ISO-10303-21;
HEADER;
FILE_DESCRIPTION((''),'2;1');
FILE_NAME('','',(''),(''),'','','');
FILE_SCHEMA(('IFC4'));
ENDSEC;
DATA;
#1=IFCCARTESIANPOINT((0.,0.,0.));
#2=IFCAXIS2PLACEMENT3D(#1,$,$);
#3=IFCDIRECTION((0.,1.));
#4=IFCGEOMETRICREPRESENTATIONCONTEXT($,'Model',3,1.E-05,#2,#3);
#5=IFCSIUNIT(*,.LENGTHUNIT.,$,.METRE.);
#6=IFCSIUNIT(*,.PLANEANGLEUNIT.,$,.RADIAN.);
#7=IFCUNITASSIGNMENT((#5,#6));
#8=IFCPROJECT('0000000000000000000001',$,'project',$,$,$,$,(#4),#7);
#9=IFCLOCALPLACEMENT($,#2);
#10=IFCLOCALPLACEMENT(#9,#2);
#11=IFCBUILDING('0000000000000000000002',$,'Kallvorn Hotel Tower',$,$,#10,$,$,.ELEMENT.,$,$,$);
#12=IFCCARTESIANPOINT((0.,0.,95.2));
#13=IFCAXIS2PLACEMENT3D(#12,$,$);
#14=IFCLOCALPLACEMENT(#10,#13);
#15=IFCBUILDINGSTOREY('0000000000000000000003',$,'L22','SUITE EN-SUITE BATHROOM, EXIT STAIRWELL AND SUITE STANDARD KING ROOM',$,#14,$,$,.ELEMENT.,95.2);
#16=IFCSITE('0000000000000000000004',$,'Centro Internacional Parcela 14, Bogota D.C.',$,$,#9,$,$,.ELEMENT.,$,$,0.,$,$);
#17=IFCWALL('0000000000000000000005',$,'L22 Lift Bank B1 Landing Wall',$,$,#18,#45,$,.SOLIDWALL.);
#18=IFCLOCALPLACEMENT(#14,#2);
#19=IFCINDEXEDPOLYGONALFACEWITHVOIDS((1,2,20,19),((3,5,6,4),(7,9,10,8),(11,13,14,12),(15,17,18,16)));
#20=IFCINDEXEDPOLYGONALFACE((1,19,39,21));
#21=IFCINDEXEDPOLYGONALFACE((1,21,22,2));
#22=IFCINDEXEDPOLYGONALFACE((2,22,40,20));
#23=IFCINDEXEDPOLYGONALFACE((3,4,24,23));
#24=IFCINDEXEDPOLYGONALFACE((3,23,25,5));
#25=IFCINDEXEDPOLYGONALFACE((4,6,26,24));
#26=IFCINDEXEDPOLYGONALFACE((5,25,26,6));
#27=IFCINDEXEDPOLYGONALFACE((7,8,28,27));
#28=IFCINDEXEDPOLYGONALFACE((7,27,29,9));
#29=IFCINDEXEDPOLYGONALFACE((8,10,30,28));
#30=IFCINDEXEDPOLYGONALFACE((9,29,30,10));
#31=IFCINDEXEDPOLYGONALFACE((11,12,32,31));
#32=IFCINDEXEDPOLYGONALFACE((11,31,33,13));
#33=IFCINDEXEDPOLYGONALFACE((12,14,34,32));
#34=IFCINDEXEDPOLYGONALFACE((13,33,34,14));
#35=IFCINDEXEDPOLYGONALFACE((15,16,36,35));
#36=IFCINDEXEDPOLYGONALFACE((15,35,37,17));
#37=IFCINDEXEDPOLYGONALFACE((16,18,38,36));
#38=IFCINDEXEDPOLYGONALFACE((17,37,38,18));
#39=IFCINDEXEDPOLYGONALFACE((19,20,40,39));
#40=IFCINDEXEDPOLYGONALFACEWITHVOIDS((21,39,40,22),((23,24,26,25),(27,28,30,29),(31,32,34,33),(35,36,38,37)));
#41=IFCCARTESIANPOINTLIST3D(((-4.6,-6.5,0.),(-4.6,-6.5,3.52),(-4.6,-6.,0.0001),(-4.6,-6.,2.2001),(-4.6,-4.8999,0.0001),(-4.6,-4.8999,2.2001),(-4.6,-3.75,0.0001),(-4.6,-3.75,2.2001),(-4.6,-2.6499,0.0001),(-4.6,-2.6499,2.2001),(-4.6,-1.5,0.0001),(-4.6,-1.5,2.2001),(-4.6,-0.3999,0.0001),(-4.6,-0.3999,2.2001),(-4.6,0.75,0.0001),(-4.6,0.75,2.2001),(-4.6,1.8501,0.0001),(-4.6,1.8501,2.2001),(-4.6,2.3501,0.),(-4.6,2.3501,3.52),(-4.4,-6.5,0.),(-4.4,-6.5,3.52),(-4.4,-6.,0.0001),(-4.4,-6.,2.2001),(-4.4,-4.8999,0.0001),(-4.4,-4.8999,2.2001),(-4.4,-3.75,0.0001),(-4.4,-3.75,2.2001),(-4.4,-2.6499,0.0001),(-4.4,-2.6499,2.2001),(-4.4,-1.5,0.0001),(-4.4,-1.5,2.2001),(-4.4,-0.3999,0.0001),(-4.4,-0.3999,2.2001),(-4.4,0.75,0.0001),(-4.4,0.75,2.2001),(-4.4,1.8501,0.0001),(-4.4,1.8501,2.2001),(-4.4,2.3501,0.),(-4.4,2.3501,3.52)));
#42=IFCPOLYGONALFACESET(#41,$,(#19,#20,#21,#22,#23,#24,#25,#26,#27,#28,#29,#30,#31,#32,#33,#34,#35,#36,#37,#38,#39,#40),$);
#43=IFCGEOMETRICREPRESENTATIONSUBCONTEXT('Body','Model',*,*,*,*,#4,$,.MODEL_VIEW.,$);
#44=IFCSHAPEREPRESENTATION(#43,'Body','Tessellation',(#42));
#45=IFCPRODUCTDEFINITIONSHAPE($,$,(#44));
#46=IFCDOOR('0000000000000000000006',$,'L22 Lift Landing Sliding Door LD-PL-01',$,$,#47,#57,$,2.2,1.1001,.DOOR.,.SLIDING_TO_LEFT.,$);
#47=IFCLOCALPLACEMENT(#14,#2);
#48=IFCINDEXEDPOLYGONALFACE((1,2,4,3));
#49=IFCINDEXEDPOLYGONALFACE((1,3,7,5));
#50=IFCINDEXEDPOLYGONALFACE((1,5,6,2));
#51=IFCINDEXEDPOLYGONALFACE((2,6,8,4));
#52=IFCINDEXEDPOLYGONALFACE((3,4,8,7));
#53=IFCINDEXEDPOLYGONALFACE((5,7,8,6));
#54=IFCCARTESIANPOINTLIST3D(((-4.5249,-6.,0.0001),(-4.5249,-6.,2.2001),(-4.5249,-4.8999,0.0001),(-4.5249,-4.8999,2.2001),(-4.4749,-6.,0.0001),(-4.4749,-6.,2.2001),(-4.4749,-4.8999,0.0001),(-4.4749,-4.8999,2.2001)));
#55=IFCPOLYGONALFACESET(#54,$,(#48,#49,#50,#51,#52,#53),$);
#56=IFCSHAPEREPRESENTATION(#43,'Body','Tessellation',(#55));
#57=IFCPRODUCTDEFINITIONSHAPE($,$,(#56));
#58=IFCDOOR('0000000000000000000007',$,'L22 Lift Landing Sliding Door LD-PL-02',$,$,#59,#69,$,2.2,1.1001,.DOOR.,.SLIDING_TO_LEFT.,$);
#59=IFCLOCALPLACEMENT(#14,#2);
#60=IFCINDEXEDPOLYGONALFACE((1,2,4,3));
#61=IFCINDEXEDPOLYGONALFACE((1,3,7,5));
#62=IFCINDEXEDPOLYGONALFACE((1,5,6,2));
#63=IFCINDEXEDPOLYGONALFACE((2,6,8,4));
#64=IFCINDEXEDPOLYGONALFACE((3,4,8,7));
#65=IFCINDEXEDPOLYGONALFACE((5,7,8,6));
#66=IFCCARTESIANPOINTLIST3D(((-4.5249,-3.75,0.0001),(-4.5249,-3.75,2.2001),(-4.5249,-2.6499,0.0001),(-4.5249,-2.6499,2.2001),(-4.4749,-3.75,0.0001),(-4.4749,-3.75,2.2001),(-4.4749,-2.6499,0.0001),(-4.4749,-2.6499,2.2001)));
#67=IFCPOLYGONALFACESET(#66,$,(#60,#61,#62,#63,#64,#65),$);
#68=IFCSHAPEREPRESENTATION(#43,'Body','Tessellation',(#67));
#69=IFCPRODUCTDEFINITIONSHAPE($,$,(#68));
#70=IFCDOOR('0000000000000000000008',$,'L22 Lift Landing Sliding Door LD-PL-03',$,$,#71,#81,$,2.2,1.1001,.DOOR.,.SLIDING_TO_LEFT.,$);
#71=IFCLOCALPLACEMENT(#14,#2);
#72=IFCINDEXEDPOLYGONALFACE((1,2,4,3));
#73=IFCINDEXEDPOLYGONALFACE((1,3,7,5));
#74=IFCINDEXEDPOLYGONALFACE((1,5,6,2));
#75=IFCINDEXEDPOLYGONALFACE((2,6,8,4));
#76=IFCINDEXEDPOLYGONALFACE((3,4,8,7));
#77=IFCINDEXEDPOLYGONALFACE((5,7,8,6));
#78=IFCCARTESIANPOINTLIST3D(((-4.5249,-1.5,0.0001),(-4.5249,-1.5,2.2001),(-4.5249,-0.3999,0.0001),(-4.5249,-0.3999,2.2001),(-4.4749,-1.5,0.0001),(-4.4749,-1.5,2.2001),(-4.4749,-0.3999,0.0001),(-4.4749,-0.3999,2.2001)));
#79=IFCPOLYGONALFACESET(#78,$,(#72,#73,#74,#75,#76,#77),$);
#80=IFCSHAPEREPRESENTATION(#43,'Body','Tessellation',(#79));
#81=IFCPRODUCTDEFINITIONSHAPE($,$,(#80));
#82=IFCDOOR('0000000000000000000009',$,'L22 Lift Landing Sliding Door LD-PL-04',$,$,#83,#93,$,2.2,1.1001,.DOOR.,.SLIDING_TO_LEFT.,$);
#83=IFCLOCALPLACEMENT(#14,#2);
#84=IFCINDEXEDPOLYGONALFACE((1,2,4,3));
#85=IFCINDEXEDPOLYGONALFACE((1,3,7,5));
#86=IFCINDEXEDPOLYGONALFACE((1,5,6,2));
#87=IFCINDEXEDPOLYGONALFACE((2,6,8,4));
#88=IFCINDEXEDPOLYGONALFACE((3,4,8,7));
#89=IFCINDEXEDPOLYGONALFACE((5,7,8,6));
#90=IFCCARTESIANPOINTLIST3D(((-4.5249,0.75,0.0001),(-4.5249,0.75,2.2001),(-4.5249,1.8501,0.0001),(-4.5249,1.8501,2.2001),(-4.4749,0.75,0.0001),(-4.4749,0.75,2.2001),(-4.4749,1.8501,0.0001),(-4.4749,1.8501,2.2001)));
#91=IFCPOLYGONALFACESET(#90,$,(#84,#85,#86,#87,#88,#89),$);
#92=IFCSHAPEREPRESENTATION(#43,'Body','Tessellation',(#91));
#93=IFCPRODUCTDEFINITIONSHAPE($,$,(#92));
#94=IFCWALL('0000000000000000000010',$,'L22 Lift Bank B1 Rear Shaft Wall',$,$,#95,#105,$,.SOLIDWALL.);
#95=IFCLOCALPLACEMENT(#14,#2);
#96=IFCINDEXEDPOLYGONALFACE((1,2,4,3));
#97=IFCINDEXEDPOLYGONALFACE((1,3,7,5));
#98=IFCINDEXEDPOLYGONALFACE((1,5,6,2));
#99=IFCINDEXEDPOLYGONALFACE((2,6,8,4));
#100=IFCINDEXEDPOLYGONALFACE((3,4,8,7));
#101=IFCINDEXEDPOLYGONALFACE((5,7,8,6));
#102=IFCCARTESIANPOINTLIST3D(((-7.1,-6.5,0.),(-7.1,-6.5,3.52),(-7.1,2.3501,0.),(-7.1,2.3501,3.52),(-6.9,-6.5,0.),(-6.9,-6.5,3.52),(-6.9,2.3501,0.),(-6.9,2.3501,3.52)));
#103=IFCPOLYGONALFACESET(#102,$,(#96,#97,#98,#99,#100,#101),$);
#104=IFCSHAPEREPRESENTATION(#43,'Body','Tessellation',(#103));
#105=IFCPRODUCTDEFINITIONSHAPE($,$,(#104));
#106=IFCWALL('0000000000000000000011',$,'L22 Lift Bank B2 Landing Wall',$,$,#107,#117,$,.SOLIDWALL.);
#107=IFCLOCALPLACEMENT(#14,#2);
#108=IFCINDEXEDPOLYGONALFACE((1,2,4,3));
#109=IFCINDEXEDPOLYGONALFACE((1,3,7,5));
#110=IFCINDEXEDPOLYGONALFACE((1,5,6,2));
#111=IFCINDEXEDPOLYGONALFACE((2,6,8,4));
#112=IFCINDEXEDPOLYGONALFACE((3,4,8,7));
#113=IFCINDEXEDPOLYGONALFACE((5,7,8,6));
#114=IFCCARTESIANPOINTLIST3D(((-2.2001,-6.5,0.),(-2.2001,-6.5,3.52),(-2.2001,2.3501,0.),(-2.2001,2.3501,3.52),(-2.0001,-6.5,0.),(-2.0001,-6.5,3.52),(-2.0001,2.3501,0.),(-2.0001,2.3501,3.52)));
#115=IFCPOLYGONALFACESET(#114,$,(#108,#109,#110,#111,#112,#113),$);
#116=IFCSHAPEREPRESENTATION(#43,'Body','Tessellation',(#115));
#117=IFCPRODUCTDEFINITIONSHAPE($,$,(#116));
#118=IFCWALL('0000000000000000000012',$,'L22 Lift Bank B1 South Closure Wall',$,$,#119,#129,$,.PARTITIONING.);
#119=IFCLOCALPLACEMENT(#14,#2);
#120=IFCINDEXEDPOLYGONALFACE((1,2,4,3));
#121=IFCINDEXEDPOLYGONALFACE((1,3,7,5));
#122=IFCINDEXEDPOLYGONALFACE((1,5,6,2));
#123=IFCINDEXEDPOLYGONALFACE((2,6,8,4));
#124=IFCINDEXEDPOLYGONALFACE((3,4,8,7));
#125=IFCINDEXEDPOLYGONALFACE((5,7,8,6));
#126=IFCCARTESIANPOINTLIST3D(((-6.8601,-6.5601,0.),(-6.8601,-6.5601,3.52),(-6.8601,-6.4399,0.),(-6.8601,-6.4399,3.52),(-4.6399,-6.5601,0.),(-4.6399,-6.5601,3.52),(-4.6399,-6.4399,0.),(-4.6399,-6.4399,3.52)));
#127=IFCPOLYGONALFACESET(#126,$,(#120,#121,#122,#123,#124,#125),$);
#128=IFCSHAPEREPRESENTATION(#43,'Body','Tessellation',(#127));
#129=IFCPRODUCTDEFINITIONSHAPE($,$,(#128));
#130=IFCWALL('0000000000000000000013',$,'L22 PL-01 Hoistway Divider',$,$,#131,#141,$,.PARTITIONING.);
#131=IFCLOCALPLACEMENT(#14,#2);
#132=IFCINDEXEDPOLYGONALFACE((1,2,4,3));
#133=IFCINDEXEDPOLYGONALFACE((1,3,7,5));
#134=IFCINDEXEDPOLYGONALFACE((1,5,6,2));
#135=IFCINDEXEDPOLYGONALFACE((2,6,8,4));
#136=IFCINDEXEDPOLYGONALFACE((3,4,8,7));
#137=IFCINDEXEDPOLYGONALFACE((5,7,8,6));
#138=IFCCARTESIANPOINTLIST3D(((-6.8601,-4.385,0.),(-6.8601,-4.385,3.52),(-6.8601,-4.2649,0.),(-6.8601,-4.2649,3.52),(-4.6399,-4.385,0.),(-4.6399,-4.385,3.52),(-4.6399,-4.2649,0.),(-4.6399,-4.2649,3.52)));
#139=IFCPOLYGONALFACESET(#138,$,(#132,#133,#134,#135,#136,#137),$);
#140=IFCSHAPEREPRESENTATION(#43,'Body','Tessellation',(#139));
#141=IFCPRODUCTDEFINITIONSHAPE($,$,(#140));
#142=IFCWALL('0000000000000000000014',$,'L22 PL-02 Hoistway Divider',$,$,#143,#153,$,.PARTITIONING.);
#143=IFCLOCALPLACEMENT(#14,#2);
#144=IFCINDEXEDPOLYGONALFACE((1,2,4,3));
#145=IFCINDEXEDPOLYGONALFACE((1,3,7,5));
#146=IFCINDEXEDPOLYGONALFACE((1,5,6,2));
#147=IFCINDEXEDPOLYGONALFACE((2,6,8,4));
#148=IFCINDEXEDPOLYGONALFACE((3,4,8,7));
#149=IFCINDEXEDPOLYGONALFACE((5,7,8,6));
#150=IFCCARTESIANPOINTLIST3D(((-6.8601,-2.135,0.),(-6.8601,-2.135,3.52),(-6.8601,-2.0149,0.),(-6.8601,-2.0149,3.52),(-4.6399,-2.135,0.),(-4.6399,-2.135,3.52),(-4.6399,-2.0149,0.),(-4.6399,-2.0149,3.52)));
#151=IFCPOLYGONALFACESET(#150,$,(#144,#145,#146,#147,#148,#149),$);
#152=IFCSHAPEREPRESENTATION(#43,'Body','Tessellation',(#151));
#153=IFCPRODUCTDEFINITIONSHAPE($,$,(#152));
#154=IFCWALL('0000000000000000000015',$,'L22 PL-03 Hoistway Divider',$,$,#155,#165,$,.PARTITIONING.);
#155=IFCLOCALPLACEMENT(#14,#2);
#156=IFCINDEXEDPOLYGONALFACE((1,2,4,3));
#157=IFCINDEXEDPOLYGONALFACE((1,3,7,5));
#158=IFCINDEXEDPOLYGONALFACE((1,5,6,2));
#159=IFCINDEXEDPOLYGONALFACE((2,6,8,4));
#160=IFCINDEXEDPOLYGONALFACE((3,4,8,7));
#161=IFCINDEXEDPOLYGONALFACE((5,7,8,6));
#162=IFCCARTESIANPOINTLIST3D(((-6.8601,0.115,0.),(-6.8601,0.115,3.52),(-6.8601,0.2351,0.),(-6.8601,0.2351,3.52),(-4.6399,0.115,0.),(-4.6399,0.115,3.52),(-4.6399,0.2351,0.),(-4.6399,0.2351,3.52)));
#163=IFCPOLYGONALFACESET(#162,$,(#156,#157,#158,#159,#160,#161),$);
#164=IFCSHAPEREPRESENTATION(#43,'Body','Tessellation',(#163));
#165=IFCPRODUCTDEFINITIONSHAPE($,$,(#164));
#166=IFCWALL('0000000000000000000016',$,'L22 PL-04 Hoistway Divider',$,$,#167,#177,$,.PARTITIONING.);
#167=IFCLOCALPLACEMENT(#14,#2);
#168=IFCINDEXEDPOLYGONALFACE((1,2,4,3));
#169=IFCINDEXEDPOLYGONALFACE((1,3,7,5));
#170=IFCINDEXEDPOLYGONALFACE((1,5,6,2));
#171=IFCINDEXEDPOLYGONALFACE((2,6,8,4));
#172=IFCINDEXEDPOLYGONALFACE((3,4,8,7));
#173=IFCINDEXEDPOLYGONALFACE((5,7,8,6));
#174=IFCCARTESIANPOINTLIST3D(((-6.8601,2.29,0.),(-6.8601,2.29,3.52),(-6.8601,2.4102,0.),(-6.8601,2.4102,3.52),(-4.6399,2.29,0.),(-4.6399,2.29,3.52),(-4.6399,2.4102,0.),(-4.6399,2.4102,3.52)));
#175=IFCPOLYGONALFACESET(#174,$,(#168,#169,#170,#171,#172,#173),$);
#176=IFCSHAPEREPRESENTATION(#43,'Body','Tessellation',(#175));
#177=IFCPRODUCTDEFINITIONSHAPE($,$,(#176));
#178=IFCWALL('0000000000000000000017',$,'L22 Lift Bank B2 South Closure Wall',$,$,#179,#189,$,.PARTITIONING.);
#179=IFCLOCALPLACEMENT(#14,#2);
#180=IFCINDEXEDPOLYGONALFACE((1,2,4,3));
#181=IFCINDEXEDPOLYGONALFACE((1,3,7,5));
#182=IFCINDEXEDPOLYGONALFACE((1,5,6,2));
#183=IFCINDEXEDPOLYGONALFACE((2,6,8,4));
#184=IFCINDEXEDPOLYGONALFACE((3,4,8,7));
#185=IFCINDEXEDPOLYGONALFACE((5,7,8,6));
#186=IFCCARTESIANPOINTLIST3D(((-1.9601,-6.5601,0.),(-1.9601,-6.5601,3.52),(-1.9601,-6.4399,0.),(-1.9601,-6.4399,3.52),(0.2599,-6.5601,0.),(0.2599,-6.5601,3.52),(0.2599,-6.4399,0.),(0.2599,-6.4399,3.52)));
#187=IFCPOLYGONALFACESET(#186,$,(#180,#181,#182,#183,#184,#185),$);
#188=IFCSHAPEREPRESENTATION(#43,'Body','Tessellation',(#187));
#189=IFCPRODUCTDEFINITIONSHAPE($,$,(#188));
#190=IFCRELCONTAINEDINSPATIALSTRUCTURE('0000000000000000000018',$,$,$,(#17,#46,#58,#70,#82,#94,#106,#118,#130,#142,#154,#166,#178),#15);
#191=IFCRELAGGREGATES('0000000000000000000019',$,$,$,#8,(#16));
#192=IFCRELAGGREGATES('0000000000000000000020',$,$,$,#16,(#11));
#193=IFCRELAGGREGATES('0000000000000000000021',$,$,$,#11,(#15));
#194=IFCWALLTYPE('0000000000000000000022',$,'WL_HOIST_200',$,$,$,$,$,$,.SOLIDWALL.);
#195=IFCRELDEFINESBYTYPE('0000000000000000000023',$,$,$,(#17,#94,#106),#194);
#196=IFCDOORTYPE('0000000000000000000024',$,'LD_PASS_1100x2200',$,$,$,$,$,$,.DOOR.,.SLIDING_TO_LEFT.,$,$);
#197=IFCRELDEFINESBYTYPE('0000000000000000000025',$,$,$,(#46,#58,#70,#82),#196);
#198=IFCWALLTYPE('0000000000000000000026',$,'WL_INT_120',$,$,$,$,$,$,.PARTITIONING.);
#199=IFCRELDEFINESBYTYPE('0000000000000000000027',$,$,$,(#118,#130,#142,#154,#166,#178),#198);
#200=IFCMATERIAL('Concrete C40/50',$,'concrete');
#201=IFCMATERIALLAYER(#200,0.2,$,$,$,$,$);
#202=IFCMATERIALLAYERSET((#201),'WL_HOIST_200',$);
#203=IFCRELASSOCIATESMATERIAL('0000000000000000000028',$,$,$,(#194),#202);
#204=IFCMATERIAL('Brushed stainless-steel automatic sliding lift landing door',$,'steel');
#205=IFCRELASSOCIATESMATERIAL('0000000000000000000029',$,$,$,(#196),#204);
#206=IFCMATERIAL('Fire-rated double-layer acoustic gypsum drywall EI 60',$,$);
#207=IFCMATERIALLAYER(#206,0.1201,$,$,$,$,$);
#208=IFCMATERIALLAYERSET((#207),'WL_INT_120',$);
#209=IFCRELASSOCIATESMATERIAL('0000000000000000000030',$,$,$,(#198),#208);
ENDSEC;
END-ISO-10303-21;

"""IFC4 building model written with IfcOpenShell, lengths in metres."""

from ifc_helpers import new_model, si_unit, direction, frame, frame_2d, origin, place, context, subcontext, project, spatial, rectangle, extrude, material, layer, layer_set, type_object, element, fill, save


model = new_model("IFC4")

# Units and contexts
model_context = context("Model", 3, precision=1e-05, world=origin(), true_north=direction((0.0, 1.0)))
body_context = subcontext(model_context, "Body", "Model", "MODEL_VIEW")
ifc_project = project(units=[si_unit("LENGTHUNIT", "METRE"), si_unit("PLANEANGLEUNIT", "RADIAN")], contexts=[model_context])

# Site, building, storey
site_placement = place(None, origin())
site = spatial("IfcSite", under=ifc_project, at=site_placement, Name="Centro Internacional Parcela 14, Bogota D.C.", CompositionType="ELEMENT", RefElevation=0.0)
building_placement = place(site_placement, origin())
building = spatial("IfcBuilding", under=site, at=building_placement, Name="Kallvorn Hotel Tower", CompositionType="ELEMENT")
storey_placement = place(building_placement, frame((0.0, 0.0, 95.2)))
storey = spatial("IfcBuildingStorey", under=building, at=storey_placement, Name="L22", Description="SUITE EN-SUITE BATHROOM, EXIT STAIRWELL AND SUITE STANDARD KING ROOM", CompositionType="ELEMENT", Elevation=95.2)

# Wall, openings, doors
ifc_material_1 = material(Name="Concrete C40/50", Category="concrete")
ifc_layer_1 = layer(ifc_material_1, 0.2)
ifc_layer_set_1 = layer_set([ifc_layer_1], Name="WL_HOIST_200")
wall_type_1 = type_object("IfcWallType", Name="WL_HOIST_200", PredefinedType="SOLIDWALL", material=ifc_layer_set_1)
wall_1_placement = place(storey_placement, frame((-4.5, -6.5, 0.0), z_axis=(0.0, 0.0, 1.0), x_axis=(0.0, 1.0, 0.0)))
wall_1 = element("IfcWall", 1, at=wall_1_placement, inside=storey, type_object=wall_type_1, Name="L22 Lift Bank B1 Landing Wall", PredefinedType="SOLIDWALL", context=body_context, shape_type="SweptSolid", body=[
    extrude(rectangle(XDim=8.8501, YDim=0.2, at=frame_2d((4.425, 0.0))), origin(), (0.0, 0.0, 1.0), 3.52),
])
opening_1_placement = place(wall_1_placement, frame((0.5, 0.0, 0.0)))
opening_1 = element("IfcOpeningElement", 2, at=opening_1_placement, cuts=wall_1, PredefinedType="OPENING", context=body_context, shape_type="SweptSolid", body=[
    extrude(rectangle(XDim=1.1001, YDim=2.2, at=frame_2d((0.55, 1.1001))), frame((0.0, 0.115, 0.0), z_axis=(0.0, -1.0, 0.0), x_axis=(1.0, 0.0, 0.0)), (0.0, 0.0, 1.0), 0.23),
])
opening_2_placement = place(wall_1_placement, frame((2.75, 0.0, 0.0)))
opening_2 = element("IfcOpeningElement", 3, at=opening_2_placement, cuts=wall_1, PredefinedType="OPENING", context=body_context, shape_type="SweptSolid", body=[
    extrude(rectangle(XDim=1.1001, YDim=2.2, at=frame_2d((0.55, 1.1001))), frame((0.0, 0.115, 0.0), z_axis=(0.0, -1.0, 0.0), x_axis=(1.0, 0.0, 0.0)), (0.0, 0.0, 1.0), 0.23),
])
opening_3_placement = place(wall_1_placement, frame((5.0, 0.0, 0.0)))
opening_3 = element("IfcOpeningElement", 4, at=opening_3_placement, cuts=wall_1, PredefinedType="OPENING", context=body_context, shape_type="SweptSolid", body=[
    extrude(rectangle(XDim=1.1001, YDim=2.2, at=frame_2d((0.55, 1.1001))), frame((0.0, 0.115, 0.0), z_axis=(0.0, -1.0, 0.0), x_axis=(1.0, 0.0, 0.0)), (0.0, 0.0, 1.0), 0.23),
])
opening_4_placement = place(wall_1_placement, frame((7.25, 0.0, 0.0)))
opening_4 = element("IfcOpeningElement", 5, at=opening_4_placement, cuts=wall_1, PredefinedType="OPENING", context=body_context, shape_type="SweptSolid", body=[
    extrude(rectangle(XDim=1.1001, YDim=2.2, at=frame_2d((0.55, 1.1001))), frame((0.0, 0.115, 0.0), z_axis=(0.0, -1.0, 0.0), x_axis=(1.0, 0.0, 0.0)), (0.0, 0.0, 1.0), 0.23),
])
ifc_material_2 = material(Name="Brushed stainless-steel automatic sliding lift landing door", Category="steel")
door_type = type_object("IfcDoorType", Name="LD_PASS_1100x2200", OperationType="SLIDING_TO_LEFT", PredefinedType="DOOR", material=ifc_material_2)
door_1_placement = place(opening_1_placement, origin())
door_1 = element("IfcDoor", 6, at=door_1_placement, inside=storey, type_object=door_type, Name="L22 Lift Landing Sliding Door LD-PL-01", OperationType="SLIDING_TO_LEFT", OverallHeight=2.2, OverallWidth=1.1001, PredefinedType="DOOR", context=body_context, shape_type="SweptSolid", body=[
    extrude(rectangle(XDim=1.1001, YDim=2.2, at=frame_2d((0.55, 1.1001))), frame((0.0, 0.0249, 0.0), z_axis=(0.0, -1.0, 0.0), x_axis=(1.0, 0.0, 0.0)), (0.0, 0.0, 1.0), 0.05),
])
fill(opening_1, door_1)
door_2_placement = place(opening_2_placement, origin())
door_2 = element("IfcDoor", 7, at=door_2_placement, inside=storey, type_object=door_type, Name="L22 Lift Landing Sliding Door LD-PL-02", OperationType="SLIDING_TO_LEFT", OverallHeight=2.2, OverallWidth=1.1001, PredefinedType="DOOR", context=body_context, shape_type="SweptSolid", body=[
    extrude(rectangle(XDim=1.1001, YDim=2.2, at=frame_2d((0.55, 1.1001))), frame((0.0, 0.0249, 0.0), z_axis=(0.0, -1.0, 0.0), x_axis=(1.0, 0.0, 0.0)), (0.0, 0.0, 1.0), 0.05),
])
fill(opening_2, door_2)
door_3_placement = place(opening_3_placement, origin())
door_3 = element("IfcDoor", 8, at=door_3_placement, inside=storey, type_object=door_type, Name="L22 Lift Landing Sliding Door LD-PL-03", OperationType="SLIDING_TO_LEFT", OverallHeight=2.2, OverallWidth=1.1001, PredefinedType="DOOR", context=body_context, shape_type="SweptSolid", body=[
    extrude(rectangle(XDim=1.1001, YDim=2.2, at=frame_2d((0.55, 1.1001))), frame((0.0, 0.0249, 0.0), z_axis=(0.0, -1.0, 0.0), x_axis=(1.0, 0.0, 0.0)), (0.0, 0.0, 1.0), 0.05),
])
fill(opening_3, door_3)
door_4_placement = place(opening_4_placement, origin())
door_4 = element("IfcDoor", 9, at=door_4_placement, inside=storey, type_object=door_type, Name="L22 Lift Landing Sliding Door LD-PL-04", OperationType="SLIDING_TO_LEFT", OverallHeight=2.2, OverallWidth=1.1001, PredefinedType="DOOR", context=body_context, shape_type="SweptSolid", body=[
    extrude(rectangle(XDim=1.1001, YDim=2.2, at=frame_2d((0.55, 1.1001))), frame((0.0, 0.0249, 0.0), z_axis=(0.0, -1.0, 0.0), x_axis=(1.0, 0.0, 0.0)), (0.0, 0.0, 1.0), 0.05),
])
fill(opening_4, door_4)

# Walls
for number, where, z_axis, x_axis, name in (
    (10, (-7.0, -6.5, 0.0), (0.0, 0.0, 1.0), (0.0, 1.0, 0.0), "L22 Lift Bank B1 Rear Shaft Wall"),
    (11, (-2.1001, -6.5, 0.0), (0.0, 0.0, 1.0), (0.0, 1.0, 0.0), "L22 Lift Bank B2 Landing Wall"),
):
    element("IfcWall", number, at=place(storey_placement, frame(where, z_axis=z_axis, x_axis=x_axis)), inside=storey, type_object=wall_type_1, Name=name, PredefinedType="SOLIDWALL", context=body_context, shape_type="SweptSolid", body=[
        extrude(rectangle(XDim=8.8501, YDim=0.2, at=frame_2d((4.425, 0.0))), origin(), (0.0, 0.0, 1.0), 3.52),
    ])
ifc_material_3 = material(Name="Fire-rated double-layer acoustic gypsum drywall EI 60")
ifc_layer_2 = layer(ifc_material_3, 0.1201)
ifc_layer_set_2 = layer_set([ifc_layer_2], Name="WL_INT_120")
wall_type_2 = type_object("IfcWallType", Name="WL_INT_120", PredefinedType="PARTITIONING", material=ifc_layer_set_2)
for number, where, z_axis, x_axis, name in (
    (12, (-6.8601, -6.5, 0.0), (0.0, 0.0, 1.0), (1.0, 0.0, 0.0), "L22 Lift Bank B1 South Closure Wall"),
    (13, (-6.8601, -4.325, 0.0), (0.0, 0.0, 1.0), (1.0, 0.0, 0.0), "L22 PL-01 Hoistway Divider"),
    (14, (-6.8601, -2.075, 0.0), (0.0, 0.0, 1.0), (1.0, 0.0, 0.0), "L22 PL-02 Hoistway Divider"),
    (15, (-6.8601, 0.175, 0.0), (0.0, 0.0, 1.0), (1.0, 0.0, 0.0), "L22 PL-03 Hoistway Divider"),
    (16, (-6.8601, 2.3501, 0.0), (0.0, 0.0, 1.0), (1.0, 0.0, 0.0), "L22 PL-04 Hoistway Divider"),
):
    element("IfcWall", number, at=place(storey_placement, frame(where, z_axis=z_axis, x_axis=x_axis)), inside=storey, type_object=wall_type_2, Name=name, PredefinedType="PARTITIONING", context=body_context, shape_type="SweptSolid", body=[
        extrude(rectangle(XDim=2.2202, YDim=0.1201, at=frame_2d((1.1101, 0.0))), origin(), (0.0, 0.0, 1.0), 3.52),
    ])
for number, where, z_axis, x_axis, name in (
    (17, (-1.96, -6.5, 0.0), (0.0, 0.0, 1.0), (1.0, 0.0, 0.0), "L22 Lift Bank B2 South Closure Wall"),
):
    element("IfcWall", number, at=place(storey_placement, frame(where, z_axis=z_axis, x_axis=x_axis)), inside=storey, type_object=wall_type_2, Name=name, PredefinedType="PARTITIONING", context=body_context, shape_type="SweptSolid", body=[
        extrude(rectangle(XDim=2.22, YDim=0.1201, at=frame_2d((1.1099, 0.0))), origin(), (0.0, 0.0, 1.0), 3.52),
    ])

save(model, "model.ifc")
